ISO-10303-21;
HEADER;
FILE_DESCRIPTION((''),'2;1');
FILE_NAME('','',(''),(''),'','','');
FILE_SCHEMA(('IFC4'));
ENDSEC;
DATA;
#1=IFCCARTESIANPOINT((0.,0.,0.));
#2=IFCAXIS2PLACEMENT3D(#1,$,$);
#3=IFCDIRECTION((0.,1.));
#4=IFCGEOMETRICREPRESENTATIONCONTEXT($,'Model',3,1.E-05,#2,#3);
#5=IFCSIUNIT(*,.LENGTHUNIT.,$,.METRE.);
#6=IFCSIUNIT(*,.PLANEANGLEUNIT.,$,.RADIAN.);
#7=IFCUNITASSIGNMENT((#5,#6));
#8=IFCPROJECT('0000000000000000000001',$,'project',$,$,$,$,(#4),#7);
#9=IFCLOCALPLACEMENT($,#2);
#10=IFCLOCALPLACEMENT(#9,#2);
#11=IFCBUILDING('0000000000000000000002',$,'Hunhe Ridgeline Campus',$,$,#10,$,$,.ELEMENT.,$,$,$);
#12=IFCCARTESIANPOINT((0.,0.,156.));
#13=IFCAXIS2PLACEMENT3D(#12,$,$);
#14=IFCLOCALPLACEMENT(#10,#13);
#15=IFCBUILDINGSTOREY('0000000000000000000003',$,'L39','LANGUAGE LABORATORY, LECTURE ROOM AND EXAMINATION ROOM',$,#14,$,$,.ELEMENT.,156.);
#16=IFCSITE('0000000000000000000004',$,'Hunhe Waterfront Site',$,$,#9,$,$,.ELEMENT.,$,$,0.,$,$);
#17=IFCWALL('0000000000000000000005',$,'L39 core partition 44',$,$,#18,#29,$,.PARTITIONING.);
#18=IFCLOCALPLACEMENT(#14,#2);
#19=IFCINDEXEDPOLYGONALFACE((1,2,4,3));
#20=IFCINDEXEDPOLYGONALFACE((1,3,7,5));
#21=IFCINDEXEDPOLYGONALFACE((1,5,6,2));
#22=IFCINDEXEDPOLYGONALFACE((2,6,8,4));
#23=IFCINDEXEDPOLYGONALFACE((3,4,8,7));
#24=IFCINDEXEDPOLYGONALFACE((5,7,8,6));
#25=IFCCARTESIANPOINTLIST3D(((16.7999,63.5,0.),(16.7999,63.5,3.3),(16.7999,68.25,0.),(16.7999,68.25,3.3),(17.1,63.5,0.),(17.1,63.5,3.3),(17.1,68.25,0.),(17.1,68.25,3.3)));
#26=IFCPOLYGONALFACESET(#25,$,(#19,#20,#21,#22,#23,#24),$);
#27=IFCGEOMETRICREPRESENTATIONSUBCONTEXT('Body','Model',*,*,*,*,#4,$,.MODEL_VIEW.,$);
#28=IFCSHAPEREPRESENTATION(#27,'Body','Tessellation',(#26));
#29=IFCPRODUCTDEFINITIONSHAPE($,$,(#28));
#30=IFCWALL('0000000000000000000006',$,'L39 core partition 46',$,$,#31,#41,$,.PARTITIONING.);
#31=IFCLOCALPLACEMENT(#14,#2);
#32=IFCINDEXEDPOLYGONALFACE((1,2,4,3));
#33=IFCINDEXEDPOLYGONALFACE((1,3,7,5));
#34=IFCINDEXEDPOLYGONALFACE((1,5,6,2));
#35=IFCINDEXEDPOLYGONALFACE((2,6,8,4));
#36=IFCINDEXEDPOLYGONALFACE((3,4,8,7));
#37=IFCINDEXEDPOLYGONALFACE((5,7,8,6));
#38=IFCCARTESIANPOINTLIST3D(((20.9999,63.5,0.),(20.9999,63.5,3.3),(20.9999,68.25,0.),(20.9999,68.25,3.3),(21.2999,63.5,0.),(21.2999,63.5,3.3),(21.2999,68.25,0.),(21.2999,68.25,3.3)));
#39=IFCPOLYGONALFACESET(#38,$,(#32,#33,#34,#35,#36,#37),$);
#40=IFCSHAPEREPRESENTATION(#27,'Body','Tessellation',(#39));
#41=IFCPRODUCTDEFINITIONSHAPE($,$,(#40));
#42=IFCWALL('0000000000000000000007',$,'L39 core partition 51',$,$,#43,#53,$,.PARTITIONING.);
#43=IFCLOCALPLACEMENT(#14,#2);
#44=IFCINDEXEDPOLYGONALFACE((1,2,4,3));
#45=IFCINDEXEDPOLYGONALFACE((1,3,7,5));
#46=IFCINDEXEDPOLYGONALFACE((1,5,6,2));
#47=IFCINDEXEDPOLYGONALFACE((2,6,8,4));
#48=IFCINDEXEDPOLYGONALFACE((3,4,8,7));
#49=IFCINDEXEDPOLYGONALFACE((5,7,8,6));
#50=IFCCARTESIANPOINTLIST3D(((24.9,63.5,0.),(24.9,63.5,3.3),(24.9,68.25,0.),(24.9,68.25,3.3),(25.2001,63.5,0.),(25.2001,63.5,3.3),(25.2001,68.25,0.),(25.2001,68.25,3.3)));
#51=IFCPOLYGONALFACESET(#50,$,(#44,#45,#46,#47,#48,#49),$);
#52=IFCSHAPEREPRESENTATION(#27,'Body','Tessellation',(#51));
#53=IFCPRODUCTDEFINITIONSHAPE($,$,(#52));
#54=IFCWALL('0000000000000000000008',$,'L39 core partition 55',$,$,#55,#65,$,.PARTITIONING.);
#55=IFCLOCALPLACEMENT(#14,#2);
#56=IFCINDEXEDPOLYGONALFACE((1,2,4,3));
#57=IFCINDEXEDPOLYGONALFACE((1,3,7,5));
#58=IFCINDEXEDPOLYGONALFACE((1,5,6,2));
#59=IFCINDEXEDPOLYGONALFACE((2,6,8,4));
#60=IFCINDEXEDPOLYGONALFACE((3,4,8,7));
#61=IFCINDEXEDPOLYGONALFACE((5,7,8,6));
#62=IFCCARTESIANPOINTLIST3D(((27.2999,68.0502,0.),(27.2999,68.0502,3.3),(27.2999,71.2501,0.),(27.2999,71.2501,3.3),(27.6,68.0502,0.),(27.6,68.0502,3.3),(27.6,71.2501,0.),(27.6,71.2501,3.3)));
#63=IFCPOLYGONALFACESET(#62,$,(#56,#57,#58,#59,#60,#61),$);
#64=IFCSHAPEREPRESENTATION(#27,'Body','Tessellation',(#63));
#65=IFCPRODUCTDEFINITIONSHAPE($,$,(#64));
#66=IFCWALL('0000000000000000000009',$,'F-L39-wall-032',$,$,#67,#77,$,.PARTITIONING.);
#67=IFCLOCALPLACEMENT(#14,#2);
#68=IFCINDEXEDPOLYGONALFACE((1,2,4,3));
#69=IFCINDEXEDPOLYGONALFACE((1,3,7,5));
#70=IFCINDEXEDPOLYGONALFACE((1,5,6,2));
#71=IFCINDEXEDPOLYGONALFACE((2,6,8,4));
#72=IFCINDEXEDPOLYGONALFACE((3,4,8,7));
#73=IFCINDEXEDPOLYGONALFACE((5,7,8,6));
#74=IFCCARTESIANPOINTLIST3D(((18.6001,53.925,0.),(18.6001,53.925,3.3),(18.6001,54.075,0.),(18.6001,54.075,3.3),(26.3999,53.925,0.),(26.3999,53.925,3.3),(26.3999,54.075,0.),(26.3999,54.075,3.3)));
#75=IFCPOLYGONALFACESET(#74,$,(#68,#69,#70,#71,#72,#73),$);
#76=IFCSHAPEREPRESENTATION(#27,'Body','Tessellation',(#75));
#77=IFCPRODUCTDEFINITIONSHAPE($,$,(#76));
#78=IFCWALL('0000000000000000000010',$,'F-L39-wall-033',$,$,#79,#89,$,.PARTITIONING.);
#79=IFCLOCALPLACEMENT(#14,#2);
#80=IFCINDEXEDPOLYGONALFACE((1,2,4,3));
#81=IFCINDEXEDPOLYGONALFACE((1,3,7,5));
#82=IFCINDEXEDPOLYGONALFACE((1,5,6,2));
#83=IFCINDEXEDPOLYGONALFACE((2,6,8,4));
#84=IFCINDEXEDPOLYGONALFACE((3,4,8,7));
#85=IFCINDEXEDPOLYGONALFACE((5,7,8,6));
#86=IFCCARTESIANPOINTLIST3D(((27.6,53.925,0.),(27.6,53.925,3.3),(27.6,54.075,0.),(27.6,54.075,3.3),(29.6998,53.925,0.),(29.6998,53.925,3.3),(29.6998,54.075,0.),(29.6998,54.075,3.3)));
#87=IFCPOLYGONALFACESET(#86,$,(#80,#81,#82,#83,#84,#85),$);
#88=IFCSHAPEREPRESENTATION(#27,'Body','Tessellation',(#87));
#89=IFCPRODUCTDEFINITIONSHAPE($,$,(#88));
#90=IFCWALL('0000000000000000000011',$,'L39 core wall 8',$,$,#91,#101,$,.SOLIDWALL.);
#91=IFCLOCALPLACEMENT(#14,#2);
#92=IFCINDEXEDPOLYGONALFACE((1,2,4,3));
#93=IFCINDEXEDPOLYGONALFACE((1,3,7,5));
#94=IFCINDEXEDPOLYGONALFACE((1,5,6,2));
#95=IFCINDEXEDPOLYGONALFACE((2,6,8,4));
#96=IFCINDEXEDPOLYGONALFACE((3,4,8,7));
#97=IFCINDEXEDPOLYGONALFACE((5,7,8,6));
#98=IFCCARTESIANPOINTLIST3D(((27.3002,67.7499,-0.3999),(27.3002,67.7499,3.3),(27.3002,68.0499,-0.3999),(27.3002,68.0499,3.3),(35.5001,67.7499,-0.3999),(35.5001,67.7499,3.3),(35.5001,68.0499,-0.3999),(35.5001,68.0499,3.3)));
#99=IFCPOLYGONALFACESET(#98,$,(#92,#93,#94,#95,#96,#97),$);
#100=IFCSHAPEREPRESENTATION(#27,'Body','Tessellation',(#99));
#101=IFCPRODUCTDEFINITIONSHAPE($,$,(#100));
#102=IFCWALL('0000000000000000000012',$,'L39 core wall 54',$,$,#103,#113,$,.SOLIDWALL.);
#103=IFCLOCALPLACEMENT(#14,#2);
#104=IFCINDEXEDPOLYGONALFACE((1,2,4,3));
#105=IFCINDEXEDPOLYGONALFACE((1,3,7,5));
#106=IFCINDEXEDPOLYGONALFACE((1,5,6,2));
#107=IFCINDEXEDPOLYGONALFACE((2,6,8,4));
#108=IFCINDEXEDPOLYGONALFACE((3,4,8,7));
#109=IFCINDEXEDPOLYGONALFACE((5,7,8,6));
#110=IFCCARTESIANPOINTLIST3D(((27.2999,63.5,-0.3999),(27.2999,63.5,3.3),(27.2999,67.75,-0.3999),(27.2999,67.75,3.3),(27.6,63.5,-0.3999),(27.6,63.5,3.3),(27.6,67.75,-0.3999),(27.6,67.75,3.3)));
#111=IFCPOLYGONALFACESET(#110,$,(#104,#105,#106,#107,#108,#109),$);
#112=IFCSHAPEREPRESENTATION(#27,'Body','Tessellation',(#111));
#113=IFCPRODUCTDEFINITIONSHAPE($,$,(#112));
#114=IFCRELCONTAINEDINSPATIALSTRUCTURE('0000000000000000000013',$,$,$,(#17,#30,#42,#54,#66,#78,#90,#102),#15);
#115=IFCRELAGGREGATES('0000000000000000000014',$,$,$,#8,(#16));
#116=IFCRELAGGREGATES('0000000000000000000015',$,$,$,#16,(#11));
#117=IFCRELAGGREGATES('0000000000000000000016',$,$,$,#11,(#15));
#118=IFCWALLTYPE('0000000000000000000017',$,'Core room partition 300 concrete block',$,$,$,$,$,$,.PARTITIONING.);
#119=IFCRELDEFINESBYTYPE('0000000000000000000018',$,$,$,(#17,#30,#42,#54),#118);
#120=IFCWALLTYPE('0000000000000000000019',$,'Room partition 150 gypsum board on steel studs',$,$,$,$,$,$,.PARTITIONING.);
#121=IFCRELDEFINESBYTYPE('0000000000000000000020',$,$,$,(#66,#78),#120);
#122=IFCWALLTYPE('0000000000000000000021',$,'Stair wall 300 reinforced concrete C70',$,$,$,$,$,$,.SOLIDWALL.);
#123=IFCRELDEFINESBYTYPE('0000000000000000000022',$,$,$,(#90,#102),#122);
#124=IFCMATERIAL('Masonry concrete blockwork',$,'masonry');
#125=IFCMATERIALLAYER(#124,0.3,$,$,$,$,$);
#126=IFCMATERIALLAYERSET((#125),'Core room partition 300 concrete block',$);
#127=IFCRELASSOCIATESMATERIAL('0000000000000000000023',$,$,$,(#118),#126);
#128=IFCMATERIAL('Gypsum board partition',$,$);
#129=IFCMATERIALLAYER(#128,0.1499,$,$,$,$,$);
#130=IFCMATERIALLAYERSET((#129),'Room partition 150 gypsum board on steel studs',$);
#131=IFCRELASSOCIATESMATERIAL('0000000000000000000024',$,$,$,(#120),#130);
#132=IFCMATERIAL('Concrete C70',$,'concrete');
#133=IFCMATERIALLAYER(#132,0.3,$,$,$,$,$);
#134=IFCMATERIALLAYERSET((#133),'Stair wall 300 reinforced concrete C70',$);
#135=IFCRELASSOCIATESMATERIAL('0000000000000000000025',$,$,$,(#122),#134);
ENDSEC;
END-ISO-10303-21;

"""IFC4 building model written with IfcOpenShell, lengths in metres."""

from ifc_helpers import new_model, si_unit, direction, frame, frame_2d, origin, place, context, subcontext, project, spatial, rectangle, extrude, material, layer, layer_set, type_object, element, save


model = new_model("IFC4")

# Units and contexts
model_context = context("Model", 3, precision=1e-05, world=origin(), true_north=direction((0.0, 1.0)))
body_context = subcontext(model_context, "Body", "Model", "MODEL_VIEW")
ifc_project = project(units=[si_unit("LENGTHUNIT", "METRE"), si_unit("PLANEANGLEUNIT", "RADIAN")], contexts=[model_context])

# Site, building, storey
site_placement = place(None, origin())
site = spatial("IfcSite", under=ifc_project, at=site_placement, Name="Hunhe Waterfront Site", CompositionType="ELEMENT", RefElevation=0.0)
building_placement = place(site_placement, origin())
building = spatial("IfcBuilding", under=site, at=building_placement, Name="Hunhe Ridgeline Campus", CompositionType="ELEMENT")
storey_placement = place(building_placement, frame((0.0, 0.0, 156.0)))
storey = spatial("IfcBuildingStorey", under=building, at=storey_placement, Name="L39", Description="LANGUAGE LABORATORY, LECTURE ROOM AND EXAMINATION ROOM", CompositionType="ELEMENT", Elevation=156.0)

# Shared definitions
ifc_material_1 = material(Name="Masonry concrete blockwork", Category="masonry")
ifc_layer_1 = layer(ifc_material_1, 0.3)
ifc_layer_set_1 = layer_set([ifc_layer_1], Name="Core room partition 300 concrete block")
wall_type_1 = type_object("IfcWallType", Name="Core room partition 300 concrete block", PredefinedType="PARTITIONING", material=ifc_layer_set_1)

# Walls
for number, where, z_axis, x_axis, name in (
    (1, (16.95, 63.5, 0.0), (0.0, 0.0, 1.0), (0.0, 1.0, 0.0), "L39 core partition 44"),
    (2, (21.1499, 63.5, 0.0), (0.0, 0.0, 1.0), (0.0, 1.0, 0.0), "L39 core partition 46"),
    (3, (25.05, 63.5, 0.0), (0.0, 0.0, 1.0), (0.0, 1.0, 0.0), "L39 core partition 51"),
):
    element("IfcWall", number, at=place(storey_placement, frame(where, z_axis=z_axis, x_axis=x_axis)), inside=storey, type_object=wall_type_1, Name=name, PredefinedType="PARTITIONING", context=body_context, shape_type="SweptSolid", body=[
        extrude(rectangle(XDim=4.75, YDim=0.3, at=frame_2d((2.375, 0.0))), origin(), (0.0, 0.0, 1.0), 3.3),
    ])
wall_1_placement = place(storey_placement, frame((27.45, 68.05, 0.0), z_axis=(0.0, 0.0, 1.0), x_axis=(0.0, 1.0, 0.0)))
element("IfcWall", 4, at=wall_1_placement, inside=storey, type_object=wall_type_1, Name="L39 core partition 55", PredefinedType="PARTITIONING", context=body_context, shape_type="SweptSolid", body=[
    extrude(rectangle(XDim=3.2, YDim=0.3, at=frame_2d((1.6001, 0.0))), origin(), (0.0, 0.0, 1.0), 3.3),
])

# Shared definitions
ifc_material_2 = material(Name="Gypsum board partition")

# Walls
ifc_layer_2 = layer(ifc_material_2, 0.1499)
ifc_layer_set_2 = layer_set([ifc_layer_2], Name="Room partition 150 gypsum board on steel studs")
wall_type_2 = type_object("IfcWallType", Name="Room partition 150 gypsum board on steel studs", PredefinedType="PARTITIONING", material=ifc_layer_set_2)
wall_2_placement = place(storey_placement, frame((18.6001, 54.0, 0.0), z_axis=(0.0, 0.0, 1.0), x_axis=(1.0, 0.0, 0.0)))
element("IfcWall", 5, at=wall_2_placement, inside=storey, type_object=wall_type_2, Name="F-L39-wall-032", PredefinedType="PARTITIONING", context=body_context, shape_type="SweptSolid", body=[
    extrude(rectangle(XDim=7.7998, YDim=0.1499, at=frame_2d((3.8999, 0.0))), origin(), (0.0, 0.0, 1.0), 3.3),
])
wall_3_placement = place(storey_placement, frame((27.6001, 54.0, 0.0), z_axis=(0.0, 0.0, 1.0), x_axis=(1.0, 0.0, 0.0)))
element("IfcWall", 6, at=wall_3_placement, inside=storey, type_object=wall_type_2, Name="F-L39-wall-033", PredefinedType="PARTITIONING", context=body_context, shape_type="SweptSolid", body=[
    extrude(rectangle(XDim=2.0999, YDim=0.1499, at=frame_2d((1.0498, 0.0))), origin(), (0.0, 0.0, 1.0), 3.3),
])
ifc_material_3 = material(Name="Concrete C70", Category="concrete")
ifc_layer_3 = layer(ifc_material_3, 0.3)
ifc_layer_set_3 = layer_set([ifc_layer_3], Name="Stair wall 300 reinforced concrete C70")
wall_type_3 = type_object("IfcWallType", Name="Stair wall 300 reinforced concrete C70", PredefinedType="SOLIDWALL", material=ifc_layer_set_3)
wall_4_placement = place(storey_placement, frame((27.3, 67.8999, -0.3999), z_axis=(0.0, 0.0, 1.0), x_axis=(1.0, 0.0, 0.0)))
element("IfcWall", 7, at=wall_4_placement, inside=storey, type_object=wall_type_3, Name="L39 core wall 8", PredefinedType="SOLIDWALL", context=body_context, shape_type="SweptSolid", body=[
    extrude(rectangle(XDim=8.2, YDim=0.3, at=frame_2d((4.1001, 0.0))), origin(), (0.0, 0.0, 1.0), 3.7),
])
wall_5_placement = place(storey_placement, frame((27.45, 63.5, -0.3999), z_axis=(0.0, 0.0, 1.0), x_axis=(0.0, 1.0, 0.0)))
element("IfcWall", 8, at=wall_5_placement, inside=storey, type_object=wall_type_3, Name="L39 core wall 54", PredefinedType="SOLIDWALL", context=body_context, shape_type="SweptSolid", body=[
    extrude(rectangle(XDim=4.25, YDim=0.3, at=frame_2d((2.125, 0.0))), origin(), (0.0, 0.0, 1.0), 3.7),
])

save(model, "model.ifc")
